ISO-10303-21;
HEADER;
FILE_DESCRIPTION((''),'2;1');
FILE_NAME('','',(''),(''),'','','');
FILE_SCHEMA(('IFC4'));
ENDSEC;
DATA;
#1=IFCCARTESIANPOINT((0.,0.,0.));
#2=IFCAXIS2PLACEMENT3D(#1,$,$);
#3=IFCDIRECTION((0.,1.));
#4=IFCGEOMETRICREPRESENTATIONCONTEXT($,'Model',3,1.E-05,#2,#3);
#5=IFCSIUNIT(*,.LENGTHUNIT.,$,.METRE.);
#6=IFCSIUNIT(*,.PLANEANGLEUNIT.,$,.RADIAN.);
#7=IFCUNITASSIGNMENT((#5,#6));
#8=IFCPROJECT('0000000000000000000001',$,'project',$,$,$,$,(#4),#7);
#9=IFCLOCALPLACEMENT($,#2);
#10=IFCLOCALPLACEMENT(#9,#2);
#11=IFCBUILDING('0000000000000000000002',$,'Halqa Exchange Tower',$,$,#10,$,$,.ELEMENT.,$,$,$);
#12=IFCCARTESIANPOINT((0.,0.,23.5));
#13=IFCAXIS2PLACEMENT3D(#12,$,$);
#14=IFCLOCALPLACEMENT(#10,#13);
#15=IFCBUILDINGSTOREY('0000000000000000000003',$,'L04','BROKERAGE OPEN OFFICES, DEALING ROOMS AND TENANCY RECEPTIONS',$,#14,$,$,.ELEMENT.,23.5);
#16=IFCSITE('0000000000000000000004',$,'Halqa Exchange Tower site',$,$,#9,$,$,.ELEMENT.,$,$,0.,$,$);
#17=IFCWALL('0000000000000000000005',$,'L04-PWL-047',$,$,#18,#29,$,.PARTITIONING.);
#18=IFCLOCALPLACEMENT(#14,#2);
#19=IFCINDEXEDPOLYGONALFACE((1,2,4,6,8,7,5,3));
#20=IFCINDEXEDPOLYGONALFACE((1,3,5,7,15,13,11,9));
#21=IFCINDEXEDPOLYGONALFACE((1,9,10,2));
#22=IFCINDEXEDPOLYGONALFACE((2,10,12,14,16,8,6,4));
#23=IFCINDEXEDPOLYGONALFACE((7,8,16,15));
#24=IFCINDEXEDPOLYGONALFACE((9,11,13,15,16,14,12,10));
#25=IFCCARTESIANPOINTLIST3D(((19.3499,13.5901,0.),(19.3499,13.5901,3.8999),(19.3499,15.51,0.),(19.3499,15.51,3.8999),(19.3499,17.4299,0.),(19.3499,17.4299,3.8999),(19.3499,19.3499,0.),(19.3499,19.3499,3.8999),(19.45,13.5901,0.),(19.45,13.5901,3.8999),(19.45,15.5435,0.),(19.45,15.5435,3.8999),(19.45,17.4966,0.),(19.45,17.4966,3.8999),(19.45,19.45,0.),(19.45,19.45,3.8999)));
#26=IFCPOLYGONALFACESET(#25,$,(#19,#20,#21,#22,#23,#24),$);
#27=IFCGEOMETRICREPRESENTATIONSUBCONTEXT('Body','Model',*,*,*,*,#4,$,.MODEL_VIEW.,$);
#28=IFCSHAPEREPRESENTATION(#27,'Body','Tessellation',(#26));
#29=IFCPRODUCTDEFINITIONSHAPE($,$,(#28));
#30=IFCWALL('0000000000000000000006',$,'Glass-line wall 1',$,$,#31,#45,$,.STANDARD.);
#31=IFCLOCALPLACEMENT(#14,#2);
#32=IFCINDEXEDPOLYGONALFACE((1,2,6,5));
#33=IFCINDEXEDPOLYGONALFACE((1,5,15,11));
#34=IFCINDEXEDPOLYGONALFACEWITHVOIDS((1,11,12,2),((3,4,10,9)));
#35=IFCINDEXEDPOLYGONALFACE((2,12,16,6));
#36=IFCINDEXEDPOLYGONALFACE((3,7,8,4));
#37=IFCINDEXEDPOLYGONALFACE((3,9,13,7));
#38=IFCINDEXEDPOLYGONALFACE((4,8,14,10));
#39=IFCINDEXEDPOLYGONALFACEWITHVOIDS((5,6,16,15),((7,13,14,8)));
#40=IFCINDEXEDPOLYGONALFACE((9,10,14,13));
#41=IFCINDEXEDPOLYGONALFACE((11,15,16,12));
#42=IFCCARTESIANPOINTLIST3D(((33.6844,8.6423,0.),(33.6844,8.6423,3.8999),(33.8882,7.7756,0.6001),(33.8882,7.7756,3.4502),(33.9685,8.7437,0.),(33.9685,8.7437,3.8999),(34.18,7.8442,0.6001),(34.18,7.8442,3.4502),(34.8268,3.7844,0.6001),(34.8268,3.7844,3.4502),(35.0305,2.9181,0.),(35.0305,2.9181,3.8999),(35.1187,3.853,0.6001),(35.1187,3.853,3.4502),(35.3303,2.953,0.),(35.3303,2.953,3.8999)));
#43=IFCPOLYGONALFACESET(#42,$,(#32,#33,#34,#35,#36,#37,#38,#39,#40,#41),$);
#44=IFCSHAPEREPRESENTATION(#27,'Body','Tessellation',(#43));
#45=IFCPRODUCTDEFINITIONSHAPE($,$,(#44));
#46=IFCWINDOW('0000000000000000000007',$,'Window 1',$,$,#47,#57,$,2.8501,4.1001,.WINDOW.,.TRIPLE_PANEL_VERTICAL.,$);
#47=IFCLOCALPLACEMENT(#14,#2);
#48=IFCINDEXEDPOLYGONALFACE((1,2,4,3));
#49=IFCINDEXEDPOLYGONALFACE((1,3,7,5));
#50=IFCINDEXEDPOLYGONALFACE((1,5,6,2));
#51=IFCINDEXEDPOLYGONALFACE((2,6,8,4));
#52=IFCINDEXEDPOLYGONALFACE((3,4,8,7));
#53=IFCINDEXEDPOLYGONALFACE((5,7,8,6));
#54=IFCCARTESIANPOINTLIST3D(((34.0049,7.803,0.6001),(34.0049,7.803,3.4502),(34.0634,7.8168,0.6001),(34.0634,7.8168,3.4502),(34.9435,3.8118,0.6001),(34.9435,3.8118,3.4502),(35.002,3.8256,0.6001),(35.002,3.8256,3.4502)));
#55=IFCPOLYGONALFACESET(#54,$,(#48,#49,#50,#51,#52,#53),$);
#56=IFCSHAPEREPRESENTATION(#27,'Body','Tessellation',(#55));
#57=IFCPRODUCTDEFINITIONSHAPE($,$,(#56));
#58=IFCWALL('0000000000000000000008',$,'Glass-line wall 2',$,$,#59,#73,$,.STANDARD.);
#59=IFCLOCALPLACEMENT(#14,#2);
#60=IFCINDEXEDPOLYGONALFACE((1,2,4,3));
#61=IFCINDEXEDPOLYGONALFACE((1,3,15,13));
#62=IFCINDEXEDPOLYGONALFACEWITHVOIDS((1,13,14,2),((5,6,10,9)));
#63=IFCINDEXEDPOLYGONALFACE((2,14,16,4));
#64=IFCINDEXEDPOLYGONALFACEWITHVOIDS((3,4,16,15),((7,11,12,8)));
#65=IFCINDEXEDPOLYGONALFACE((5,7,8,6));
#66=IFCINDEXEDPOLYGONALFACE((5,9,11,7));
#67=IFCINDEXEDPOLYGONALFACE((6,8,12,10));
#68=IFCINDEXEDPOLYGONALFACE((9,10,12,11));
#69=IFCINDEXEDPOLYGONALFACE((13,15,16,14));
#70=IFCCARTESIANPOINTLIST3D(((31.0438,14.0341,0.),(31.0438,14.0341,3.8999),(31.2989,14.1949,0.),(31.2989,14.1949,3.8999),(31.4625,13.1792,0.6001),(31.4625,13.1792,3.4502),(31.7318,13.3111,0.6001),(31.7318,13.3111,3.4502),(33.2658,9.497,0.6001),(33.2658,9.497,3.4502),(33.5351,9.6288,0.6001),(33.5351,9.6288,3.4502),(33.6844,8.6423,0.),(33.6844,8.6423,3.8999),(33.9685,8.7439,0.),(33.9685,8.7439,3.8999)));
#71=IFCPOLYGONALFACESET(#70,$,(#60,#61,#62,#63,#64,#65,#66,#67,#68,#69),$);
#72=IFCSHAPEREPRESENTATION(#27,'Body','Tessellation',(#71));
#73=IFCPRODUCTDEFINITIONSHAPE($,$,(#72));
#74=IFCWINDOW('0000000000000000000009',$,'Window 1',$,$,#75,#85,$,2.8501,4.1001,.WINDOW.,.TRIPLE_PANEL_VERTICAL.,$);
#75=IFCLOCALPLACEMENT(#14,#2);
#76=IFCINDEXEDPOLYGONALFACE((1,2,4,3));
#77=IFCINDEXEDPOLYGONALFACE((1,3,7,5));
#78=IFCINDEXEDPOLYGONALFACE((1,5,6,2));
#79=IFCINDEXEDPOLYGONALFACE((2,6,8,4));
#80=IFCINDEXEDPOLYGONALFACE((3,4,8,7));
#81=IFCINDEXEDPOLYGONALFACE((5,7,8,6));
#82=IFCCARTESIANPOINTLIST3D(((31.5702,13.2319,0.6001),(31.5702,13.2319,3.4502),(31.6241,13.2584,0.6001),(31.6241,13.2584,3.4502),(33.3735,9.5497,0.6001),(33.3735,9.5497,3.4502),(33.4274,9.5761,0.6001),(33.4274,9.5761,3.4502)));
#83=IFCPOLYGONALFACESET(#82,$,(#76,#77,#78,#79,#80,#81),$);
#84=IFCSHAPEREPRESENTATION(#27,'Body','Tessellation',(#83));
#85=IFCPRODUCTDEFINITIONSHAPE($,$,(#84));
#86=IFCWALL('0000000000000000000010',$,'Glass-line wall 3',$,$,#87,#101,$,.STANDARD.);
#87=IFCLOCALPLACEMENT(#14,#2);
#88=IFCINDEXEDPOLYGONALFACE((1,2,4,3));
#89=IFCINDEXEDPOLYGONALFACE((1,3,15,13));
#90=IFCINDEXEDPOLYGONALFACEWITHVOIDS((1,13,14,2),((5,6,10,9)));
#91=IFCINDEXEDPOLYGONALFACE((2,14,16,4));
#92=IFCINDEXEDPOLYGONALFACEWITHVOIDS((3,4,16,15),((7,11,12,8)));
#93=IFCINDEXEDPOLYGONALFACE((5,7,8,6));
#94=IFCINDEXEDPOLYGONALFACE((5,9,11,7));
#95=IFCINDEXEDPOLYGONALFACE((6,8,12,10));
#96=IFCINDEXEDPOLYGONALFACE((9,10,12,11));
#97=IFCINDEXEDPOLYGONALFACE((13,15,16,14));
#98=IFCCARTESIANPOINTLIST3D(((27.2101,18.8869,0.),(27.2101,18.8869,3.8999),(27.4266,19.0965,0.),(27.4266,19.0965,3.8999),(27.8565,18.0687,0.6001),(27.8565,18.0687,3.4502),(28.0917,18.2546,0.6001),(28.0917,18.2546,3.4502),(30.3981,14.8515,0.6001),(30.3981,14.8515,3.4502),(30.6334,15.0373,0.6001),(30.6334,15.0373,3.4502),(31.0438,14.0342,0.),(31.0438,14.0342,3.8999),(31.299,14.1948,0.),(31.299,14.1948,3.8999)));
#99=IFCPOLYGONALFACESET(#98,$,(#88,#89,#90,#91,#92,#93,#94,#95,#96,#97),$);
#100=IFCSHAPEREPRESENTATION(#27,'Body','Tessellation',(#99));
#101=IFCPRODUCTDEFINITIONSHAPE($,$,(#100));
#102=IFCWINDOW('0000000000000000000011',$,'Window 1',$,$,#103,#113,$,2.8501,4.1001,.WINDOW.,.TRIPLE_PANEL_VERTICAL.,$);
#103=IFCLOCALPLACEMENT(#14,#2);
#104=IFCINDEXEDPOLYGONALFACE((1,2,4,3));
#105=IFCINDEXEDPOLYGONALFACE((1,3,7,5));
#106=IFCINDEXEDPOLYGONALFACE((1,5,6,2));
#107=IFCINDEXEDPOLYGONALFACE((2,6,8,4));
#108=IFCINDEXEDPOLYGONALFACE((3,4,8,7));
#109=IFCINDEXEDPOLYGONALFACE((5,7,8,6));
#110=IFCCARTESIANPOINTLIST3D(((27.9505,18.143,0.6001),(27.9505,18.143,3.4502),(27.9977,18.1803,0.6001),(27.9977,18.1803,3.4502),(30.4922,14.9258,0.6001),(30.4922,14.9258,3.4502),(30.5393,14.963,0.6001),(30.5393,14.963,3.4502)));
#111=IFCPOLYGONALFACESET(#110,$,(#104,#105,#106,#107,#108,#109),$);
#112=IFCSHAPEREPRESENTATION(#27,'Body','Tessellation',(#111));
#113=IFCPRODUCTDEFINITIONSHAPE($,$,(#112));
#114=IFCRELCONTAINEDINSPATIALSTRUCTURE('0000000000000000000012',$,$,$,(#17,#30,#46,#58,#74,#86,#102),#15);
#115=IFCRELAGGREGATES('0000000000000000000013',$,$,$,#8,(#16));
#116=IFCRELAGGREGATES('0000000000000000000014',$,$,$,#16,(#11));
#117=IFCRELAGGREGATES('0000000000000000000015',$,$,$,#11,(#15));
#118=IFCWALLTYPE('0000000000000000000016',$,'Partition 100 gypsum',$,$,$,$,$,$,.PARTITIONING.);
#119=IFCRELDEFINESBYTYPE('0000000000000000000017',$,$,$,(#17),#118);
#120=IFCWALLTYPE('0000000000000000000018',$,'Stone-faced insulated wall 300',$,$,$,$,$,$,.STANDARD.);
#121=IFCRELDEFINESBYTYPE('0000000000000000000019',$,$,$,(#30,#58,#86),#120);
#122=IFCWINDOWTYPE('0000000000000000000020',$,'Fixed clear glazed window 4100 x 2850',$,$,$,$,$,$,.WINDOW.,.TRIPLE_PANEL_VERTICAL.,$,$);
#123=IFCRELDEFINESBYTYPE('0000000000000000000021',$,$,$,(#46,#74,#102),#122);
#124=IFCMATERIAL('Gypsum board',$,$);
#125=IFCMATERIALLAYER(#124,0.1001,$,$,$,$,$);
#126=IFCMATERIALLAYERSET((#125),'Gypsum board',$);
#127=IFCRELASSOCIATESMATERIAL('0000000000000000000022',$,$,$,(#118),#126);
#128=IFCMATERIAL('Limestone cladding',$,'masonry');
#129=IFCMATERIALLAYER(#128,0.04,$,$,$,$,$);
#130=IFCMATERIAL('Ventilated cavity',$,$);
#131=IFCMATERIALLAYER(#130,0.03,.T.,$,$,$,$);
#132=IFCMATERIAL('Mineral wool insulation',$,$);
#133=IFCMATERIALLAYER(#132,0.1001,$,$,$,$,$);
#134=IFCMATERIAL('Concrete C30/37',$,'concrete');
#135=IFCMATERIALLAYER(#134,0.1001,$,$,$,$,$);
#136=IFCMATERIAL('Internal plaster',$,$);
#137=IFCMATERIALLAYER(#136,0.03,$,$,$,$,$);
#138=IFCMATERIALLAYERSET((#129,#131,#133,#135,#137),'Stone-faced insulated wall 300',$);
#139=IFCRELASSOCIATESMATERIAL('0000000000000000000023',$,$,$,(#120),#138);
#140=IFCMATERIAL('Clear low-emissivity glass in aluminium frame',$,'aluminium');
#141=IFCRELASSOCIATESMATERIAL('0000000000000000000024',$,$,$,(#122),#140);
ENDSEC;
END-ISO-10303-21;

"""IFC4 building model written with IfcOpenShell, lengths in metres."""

from ifc_helpers import new_model, si_unit, direction, frame, frame_2d, origin, place, context, subcontext, project, spatial, polyline, rectangle, outline, extrude, material, layer, layer_set, type_object, element, fill, save


model = new_model("IFC4")

# Units and contexts
model_context = context("Model", 3, precision=1e-05, world=origin(), true_north=direction((0.0, 1.0)))
body_context = subcontext(model_context, "Body", "Model", "MODEL_VIEW")
ifc_project = project(units=[si_unit("LENGTHUNIT", "METRE"), si_unit("PLANEANGLEUNIT", "RADIAN")], contexts=[model_context])

# Site, building, storey
site_placement = place(None, origin())
site = spatial("IfcSite", under=ifc_project, at=site_placement, Name="Halqa Exchange Tower site", CompositionType="ELEMENT", RefElevation=0.0)
building_placement = place(site_placement, origin())
building = spatial("IfcBuilding", under=site, at=building_placement, Name="Halqa Exchange Tower", CompositionType="ELEMENT")
storey_placement = place(building_placement, frame((0.0, 0.0, 23.5)))
storey = spatial("IfcBuildingStorey", under=building, at=storey_placement, Name="L04", Description="BROKERAGE OPEN OFFICES, DEALING ROOMS AND TENANCY RECEPTIONS", CompositionType="ELEMENT", Elevation=23.5)

# Shared definitions
ifc_material_1 = material(Name="Gypsum board")
ifc_layer_1 = layer(ifc_material_1, 0.1001)
ifc_layer_set_1 = layer_set([ifc_layer_1], Name="Gypsum board")
wall_type_1 = type_object("IfcWallType", Name="Partition 100 gypsum", PredefinedType="PARTITIONING", material=ifc_layer_set_1)

# Wall
wall_1_placement = place(storey_placement, frame((19.3999, 19.45, 0.0), z_axis=(0.0, 0.0, 1.0), x_axis=(0.0, -1.0, 0.0)))
element("IfcWall", 1, at=wall_1_placement, inside=storey, type_object=wall_type_1, Name="L04-PWL-047", PredefinedType="PARTITIONING", context=body_context, shape_type="SweptSolid", body=[
    extrude(outline(polyline([(5.8599, 0.05), (3.9065, 0.05), (1.9534, 0.05), (0.0, 0.05), (0.1001, -0.05), (2.02, -0.05), (3.9399, -0.05), (5.8599, -0.05), (5.8599, 0.05)])), origin(), (0.0, 0.0, 1.0), 3.8999),
])

# Walls, openings, windows
ifc_material_2 = material(Name="Limestone cladding", Category="masonry")
ifc_layer_2 = layer(ifc_material_2, 0.04)
ifc_material_3 = material(Name="Ventilated cavity")
ifc_layer_3 = layer(ifc_material_3, 0.03, ventilated=True)
ifc_material_4 = material(Name="Mineral wool insulation")
ifc_layer_4 = layer(ifc_material_4, 0.1001)
ifc_material_5 = material(Name="Concrete C30/37", Category="concrete")
ifc_layer_5 = layer(ifc_material_5, 0.1001)
ifc_material_6 = material(Name="Internal plaster")
ifc_layer_6 = layer(ifc_material_6, 0.03)
ifc_layer_set_2 = layer_set([ifc_layer_2, ifc_layer_3, ifc_layer_4, ifc_layer_5, ifc_layer_6], Name="Stone-faced insulated wall 300")
wall_type_2 = type_object("IfcWallType", Name="Stone-faced insulated wall 300", PredefinedType="STANDARD", material=ifc_layer_set_2)
wall_2_placement = place(storey_placement, frame((35.1804, 2.9355, 0.0), z_axis=(0.0, 0.0, 1.0), x_axis=(-0.228924, 0.973444, 0.0)))
wall_2 = element("IfcWall", 2, at=wall_2_placement, inside=storey, type_object=wall_type_2, Name="Glass-line wall 1", PredefinedType="STANDARD", context=body_context, shape_type="SweptSolid", body=[
    extrude(outline(polyline([(-0.0173, -0.1499), (5.9314, -0.1499), (5.8977, 0.1499), (0.0173, 0.1499), (-0.0173, -0.1499)])), origin(), (0.0, 0.0, 1.0), 3.8999),
])
opening_1_placement = place(wall_2_placement, frame((0.9072, 0.0, 0.6001)))
opening_1 = element("IfcOpeningElement", 3, at=opening_1_placement, cuts=wall_2, PredefinedType="OPENING", context=body_context, shape_type="SweptSolid", body=[
    extrude(rectangle(XDim=4.1001, YDim=2.8501, at=frame_2d((2.05, 1.425))), frame((0.0, 0.1621, 0.0), z_axis=(0.0, -1.0, 0.0), x_axis=(1.0, 0.0, 0.0)), (0.0, 0.0, 1.0), 0.324),
])
ifc_material_7 = material(Name="Clear low-emissivity glass in aluminium frame", Category="aluminium")
window_type = type_object("IfcWindowType", Name="Fixed clear glazed window 4100 x 2850", PartitioningType="TRIPLE_PANEL_VERTICAL", PredefinedType="WINDOW", material=ifc_material_7)
window_1_placement = place(opening_1_placement, origin())
window_1 = element("IfcWindow", 4, at=window_1_placement, inside=storey, type_object=window_type, Name="Window 1", OverallHeight=2.8501, OverallWidth=4.1001, PartitioningType="TRIPLE_PANEL_VERTICAL", PredefinedType="WINDOW", context=body_context, shape_type="SweptSolid", body=[
    extrude(rectangle(XDim=4.1001, YDim=2.8501, at=frame_2d((2.05, 1.425))), frame((0.0, 0.03, 0.0), z_axis=(0.0, -1.0, 0.0), x_axis=(1.0, 0.0, 0.0)), (0.0, 0.0, 1.0), 0.0601),
])
fill(opening_1, window_1)
wall_3_placement = place(storey_placement, frame((33.8264, 8.6931, 0.0), z_axis=(0.0, 0.0, 1.0), x_axis=(-0.439822, 0.898085, 0.0)))
wall_3 = element("IfcWall", 5, at=wall_3_placement, inside=storey, type_object=wall_type_2, Name="Glass-line wall 2", PredefinedType="STANDARD", context=body_context, shape_type="SweptSolid", body=[
    extrude(outline(polyline([(-0.0168, -0.1499), (6.0527, -0.1499), (6.0205, 0.1499), (0.0168, 0.1499), (-0.0168, -0.1499)])), origin(), (0.0, 0.0, 1.0), 3.8999),
])
opening_2_placement = place(wall_3_placement, frame((0.9685, 0.0, 0.6001)))
opening_2 = element("IfcOpeningElement", 6, at=opening_2_placement, cuts=wall_3, PredefinedType="OPENING", context=body_context, shape_type="SweptSolid", body=[
    extrude(rectangle(XDim=4.1001, YDim=2.8501, at=frame_2d((2.05, 1.425))), frame((0.0, 0.1621, 0.0), z_axis=(0.0, -1.0, 0.0), x_axis=(1.0, 0.0, 0.0)), (0.0, 0.0, 1.0), 0.324),
])
window_2_placement = place(opening_2_placement, origin())
window_2 = element("IfcWindow", 7, at=window_2_placement, inside=storey, type_object=window_type, Name="Window 1", OverallHeight=2.8501, OverallWidth=4.1001, PartitioningType="TRIPLE_PANEL_VERTICAL", PredefinedType="WINDOW", context=body_context, shape_type="SweptSolid", body=[
    extrude(rectangle(XDim=4.1001, YDim=2.8501, at=frame_2d((2.05, 1.425))), frame((0.0, 0.03, 0.0), z_axis=(0.0, -1.0, 0.0), x_axis=(1.0, 0.0, 0.0)), (0.0, 0.0, 1.0), 0.0601),
])
fill(opening_2, window_2)
wall_4_placement = place(storey_placement, frame((31.1714, 14.1145, 0.0), z_axis=(0.0, 0.0, 1.0), x_axis=(-0.619903, 0.784679, 0.0)))
wall_4 = element("IfcWall", 8, at=wall_4_placement, inside=storey, type_object=wall_type_2, Name="Glass-line wall 3", PredefinedType="STANDARD", context=body_context, shape_type="SweptSolid", body=[
    extrude(outline(polyline([(-0.0161, -0.1499), (6.2307, -0.1499), (6.2004, 0.1499), (0.0161, 0.1499), (-0.0161, -0.1499)])), origin(), (0.0, 0.0, 1.0), 3.8999),
])
opening_3_placement = place(wall_4_placement, frame((1.0576, 0.0, 0.6001)))
opening_3 = element("IfcOpeningElement", 9, at=opening_3_placement, cuts=wall_4, PredefinedType="OPENING", context=body_context, shape_type="SweptSolid", body=[
    extrude(rectangle(XDim=4.1001, YDim=2.8501, at=frame_2d((2.05, 1.425))), frame((0.0, 0.1621, 0.0), z_axis=(0.0, -1.0, 0.0), x_axis=(1.0, 0.0, 0.0)), (0.0, 0.0, 1.0), 0.324),
])
window_3_placement = place(opening_3_placement, origin())
window_3 = element("IfcWindow", 10, at=window_3_placement, inside=storey, type_object=window_type, Name="Window 1", OverallHeight=2.8501, OverallWidth=4.1001, PartitioningType="TRIPLE_PANEL_VERTICAL", PredefinedType="WINDOW", context=body_context, shape_type="SweptSolid", body=[
    extrude(rectangle(XDim=4.1001, YDim=2.8501, at=frame_2d((2.05, 1.425))), frame((0.0, 0.03, 0.0), z_axis=(0.0, -1.0, 0.0), x_axis=(1.0, 0.0, 0.0)), (0.0, 0.0, 1.0), 0.0601),
])
fill(opening_3, window_3)

save(model, "model.ifc")
